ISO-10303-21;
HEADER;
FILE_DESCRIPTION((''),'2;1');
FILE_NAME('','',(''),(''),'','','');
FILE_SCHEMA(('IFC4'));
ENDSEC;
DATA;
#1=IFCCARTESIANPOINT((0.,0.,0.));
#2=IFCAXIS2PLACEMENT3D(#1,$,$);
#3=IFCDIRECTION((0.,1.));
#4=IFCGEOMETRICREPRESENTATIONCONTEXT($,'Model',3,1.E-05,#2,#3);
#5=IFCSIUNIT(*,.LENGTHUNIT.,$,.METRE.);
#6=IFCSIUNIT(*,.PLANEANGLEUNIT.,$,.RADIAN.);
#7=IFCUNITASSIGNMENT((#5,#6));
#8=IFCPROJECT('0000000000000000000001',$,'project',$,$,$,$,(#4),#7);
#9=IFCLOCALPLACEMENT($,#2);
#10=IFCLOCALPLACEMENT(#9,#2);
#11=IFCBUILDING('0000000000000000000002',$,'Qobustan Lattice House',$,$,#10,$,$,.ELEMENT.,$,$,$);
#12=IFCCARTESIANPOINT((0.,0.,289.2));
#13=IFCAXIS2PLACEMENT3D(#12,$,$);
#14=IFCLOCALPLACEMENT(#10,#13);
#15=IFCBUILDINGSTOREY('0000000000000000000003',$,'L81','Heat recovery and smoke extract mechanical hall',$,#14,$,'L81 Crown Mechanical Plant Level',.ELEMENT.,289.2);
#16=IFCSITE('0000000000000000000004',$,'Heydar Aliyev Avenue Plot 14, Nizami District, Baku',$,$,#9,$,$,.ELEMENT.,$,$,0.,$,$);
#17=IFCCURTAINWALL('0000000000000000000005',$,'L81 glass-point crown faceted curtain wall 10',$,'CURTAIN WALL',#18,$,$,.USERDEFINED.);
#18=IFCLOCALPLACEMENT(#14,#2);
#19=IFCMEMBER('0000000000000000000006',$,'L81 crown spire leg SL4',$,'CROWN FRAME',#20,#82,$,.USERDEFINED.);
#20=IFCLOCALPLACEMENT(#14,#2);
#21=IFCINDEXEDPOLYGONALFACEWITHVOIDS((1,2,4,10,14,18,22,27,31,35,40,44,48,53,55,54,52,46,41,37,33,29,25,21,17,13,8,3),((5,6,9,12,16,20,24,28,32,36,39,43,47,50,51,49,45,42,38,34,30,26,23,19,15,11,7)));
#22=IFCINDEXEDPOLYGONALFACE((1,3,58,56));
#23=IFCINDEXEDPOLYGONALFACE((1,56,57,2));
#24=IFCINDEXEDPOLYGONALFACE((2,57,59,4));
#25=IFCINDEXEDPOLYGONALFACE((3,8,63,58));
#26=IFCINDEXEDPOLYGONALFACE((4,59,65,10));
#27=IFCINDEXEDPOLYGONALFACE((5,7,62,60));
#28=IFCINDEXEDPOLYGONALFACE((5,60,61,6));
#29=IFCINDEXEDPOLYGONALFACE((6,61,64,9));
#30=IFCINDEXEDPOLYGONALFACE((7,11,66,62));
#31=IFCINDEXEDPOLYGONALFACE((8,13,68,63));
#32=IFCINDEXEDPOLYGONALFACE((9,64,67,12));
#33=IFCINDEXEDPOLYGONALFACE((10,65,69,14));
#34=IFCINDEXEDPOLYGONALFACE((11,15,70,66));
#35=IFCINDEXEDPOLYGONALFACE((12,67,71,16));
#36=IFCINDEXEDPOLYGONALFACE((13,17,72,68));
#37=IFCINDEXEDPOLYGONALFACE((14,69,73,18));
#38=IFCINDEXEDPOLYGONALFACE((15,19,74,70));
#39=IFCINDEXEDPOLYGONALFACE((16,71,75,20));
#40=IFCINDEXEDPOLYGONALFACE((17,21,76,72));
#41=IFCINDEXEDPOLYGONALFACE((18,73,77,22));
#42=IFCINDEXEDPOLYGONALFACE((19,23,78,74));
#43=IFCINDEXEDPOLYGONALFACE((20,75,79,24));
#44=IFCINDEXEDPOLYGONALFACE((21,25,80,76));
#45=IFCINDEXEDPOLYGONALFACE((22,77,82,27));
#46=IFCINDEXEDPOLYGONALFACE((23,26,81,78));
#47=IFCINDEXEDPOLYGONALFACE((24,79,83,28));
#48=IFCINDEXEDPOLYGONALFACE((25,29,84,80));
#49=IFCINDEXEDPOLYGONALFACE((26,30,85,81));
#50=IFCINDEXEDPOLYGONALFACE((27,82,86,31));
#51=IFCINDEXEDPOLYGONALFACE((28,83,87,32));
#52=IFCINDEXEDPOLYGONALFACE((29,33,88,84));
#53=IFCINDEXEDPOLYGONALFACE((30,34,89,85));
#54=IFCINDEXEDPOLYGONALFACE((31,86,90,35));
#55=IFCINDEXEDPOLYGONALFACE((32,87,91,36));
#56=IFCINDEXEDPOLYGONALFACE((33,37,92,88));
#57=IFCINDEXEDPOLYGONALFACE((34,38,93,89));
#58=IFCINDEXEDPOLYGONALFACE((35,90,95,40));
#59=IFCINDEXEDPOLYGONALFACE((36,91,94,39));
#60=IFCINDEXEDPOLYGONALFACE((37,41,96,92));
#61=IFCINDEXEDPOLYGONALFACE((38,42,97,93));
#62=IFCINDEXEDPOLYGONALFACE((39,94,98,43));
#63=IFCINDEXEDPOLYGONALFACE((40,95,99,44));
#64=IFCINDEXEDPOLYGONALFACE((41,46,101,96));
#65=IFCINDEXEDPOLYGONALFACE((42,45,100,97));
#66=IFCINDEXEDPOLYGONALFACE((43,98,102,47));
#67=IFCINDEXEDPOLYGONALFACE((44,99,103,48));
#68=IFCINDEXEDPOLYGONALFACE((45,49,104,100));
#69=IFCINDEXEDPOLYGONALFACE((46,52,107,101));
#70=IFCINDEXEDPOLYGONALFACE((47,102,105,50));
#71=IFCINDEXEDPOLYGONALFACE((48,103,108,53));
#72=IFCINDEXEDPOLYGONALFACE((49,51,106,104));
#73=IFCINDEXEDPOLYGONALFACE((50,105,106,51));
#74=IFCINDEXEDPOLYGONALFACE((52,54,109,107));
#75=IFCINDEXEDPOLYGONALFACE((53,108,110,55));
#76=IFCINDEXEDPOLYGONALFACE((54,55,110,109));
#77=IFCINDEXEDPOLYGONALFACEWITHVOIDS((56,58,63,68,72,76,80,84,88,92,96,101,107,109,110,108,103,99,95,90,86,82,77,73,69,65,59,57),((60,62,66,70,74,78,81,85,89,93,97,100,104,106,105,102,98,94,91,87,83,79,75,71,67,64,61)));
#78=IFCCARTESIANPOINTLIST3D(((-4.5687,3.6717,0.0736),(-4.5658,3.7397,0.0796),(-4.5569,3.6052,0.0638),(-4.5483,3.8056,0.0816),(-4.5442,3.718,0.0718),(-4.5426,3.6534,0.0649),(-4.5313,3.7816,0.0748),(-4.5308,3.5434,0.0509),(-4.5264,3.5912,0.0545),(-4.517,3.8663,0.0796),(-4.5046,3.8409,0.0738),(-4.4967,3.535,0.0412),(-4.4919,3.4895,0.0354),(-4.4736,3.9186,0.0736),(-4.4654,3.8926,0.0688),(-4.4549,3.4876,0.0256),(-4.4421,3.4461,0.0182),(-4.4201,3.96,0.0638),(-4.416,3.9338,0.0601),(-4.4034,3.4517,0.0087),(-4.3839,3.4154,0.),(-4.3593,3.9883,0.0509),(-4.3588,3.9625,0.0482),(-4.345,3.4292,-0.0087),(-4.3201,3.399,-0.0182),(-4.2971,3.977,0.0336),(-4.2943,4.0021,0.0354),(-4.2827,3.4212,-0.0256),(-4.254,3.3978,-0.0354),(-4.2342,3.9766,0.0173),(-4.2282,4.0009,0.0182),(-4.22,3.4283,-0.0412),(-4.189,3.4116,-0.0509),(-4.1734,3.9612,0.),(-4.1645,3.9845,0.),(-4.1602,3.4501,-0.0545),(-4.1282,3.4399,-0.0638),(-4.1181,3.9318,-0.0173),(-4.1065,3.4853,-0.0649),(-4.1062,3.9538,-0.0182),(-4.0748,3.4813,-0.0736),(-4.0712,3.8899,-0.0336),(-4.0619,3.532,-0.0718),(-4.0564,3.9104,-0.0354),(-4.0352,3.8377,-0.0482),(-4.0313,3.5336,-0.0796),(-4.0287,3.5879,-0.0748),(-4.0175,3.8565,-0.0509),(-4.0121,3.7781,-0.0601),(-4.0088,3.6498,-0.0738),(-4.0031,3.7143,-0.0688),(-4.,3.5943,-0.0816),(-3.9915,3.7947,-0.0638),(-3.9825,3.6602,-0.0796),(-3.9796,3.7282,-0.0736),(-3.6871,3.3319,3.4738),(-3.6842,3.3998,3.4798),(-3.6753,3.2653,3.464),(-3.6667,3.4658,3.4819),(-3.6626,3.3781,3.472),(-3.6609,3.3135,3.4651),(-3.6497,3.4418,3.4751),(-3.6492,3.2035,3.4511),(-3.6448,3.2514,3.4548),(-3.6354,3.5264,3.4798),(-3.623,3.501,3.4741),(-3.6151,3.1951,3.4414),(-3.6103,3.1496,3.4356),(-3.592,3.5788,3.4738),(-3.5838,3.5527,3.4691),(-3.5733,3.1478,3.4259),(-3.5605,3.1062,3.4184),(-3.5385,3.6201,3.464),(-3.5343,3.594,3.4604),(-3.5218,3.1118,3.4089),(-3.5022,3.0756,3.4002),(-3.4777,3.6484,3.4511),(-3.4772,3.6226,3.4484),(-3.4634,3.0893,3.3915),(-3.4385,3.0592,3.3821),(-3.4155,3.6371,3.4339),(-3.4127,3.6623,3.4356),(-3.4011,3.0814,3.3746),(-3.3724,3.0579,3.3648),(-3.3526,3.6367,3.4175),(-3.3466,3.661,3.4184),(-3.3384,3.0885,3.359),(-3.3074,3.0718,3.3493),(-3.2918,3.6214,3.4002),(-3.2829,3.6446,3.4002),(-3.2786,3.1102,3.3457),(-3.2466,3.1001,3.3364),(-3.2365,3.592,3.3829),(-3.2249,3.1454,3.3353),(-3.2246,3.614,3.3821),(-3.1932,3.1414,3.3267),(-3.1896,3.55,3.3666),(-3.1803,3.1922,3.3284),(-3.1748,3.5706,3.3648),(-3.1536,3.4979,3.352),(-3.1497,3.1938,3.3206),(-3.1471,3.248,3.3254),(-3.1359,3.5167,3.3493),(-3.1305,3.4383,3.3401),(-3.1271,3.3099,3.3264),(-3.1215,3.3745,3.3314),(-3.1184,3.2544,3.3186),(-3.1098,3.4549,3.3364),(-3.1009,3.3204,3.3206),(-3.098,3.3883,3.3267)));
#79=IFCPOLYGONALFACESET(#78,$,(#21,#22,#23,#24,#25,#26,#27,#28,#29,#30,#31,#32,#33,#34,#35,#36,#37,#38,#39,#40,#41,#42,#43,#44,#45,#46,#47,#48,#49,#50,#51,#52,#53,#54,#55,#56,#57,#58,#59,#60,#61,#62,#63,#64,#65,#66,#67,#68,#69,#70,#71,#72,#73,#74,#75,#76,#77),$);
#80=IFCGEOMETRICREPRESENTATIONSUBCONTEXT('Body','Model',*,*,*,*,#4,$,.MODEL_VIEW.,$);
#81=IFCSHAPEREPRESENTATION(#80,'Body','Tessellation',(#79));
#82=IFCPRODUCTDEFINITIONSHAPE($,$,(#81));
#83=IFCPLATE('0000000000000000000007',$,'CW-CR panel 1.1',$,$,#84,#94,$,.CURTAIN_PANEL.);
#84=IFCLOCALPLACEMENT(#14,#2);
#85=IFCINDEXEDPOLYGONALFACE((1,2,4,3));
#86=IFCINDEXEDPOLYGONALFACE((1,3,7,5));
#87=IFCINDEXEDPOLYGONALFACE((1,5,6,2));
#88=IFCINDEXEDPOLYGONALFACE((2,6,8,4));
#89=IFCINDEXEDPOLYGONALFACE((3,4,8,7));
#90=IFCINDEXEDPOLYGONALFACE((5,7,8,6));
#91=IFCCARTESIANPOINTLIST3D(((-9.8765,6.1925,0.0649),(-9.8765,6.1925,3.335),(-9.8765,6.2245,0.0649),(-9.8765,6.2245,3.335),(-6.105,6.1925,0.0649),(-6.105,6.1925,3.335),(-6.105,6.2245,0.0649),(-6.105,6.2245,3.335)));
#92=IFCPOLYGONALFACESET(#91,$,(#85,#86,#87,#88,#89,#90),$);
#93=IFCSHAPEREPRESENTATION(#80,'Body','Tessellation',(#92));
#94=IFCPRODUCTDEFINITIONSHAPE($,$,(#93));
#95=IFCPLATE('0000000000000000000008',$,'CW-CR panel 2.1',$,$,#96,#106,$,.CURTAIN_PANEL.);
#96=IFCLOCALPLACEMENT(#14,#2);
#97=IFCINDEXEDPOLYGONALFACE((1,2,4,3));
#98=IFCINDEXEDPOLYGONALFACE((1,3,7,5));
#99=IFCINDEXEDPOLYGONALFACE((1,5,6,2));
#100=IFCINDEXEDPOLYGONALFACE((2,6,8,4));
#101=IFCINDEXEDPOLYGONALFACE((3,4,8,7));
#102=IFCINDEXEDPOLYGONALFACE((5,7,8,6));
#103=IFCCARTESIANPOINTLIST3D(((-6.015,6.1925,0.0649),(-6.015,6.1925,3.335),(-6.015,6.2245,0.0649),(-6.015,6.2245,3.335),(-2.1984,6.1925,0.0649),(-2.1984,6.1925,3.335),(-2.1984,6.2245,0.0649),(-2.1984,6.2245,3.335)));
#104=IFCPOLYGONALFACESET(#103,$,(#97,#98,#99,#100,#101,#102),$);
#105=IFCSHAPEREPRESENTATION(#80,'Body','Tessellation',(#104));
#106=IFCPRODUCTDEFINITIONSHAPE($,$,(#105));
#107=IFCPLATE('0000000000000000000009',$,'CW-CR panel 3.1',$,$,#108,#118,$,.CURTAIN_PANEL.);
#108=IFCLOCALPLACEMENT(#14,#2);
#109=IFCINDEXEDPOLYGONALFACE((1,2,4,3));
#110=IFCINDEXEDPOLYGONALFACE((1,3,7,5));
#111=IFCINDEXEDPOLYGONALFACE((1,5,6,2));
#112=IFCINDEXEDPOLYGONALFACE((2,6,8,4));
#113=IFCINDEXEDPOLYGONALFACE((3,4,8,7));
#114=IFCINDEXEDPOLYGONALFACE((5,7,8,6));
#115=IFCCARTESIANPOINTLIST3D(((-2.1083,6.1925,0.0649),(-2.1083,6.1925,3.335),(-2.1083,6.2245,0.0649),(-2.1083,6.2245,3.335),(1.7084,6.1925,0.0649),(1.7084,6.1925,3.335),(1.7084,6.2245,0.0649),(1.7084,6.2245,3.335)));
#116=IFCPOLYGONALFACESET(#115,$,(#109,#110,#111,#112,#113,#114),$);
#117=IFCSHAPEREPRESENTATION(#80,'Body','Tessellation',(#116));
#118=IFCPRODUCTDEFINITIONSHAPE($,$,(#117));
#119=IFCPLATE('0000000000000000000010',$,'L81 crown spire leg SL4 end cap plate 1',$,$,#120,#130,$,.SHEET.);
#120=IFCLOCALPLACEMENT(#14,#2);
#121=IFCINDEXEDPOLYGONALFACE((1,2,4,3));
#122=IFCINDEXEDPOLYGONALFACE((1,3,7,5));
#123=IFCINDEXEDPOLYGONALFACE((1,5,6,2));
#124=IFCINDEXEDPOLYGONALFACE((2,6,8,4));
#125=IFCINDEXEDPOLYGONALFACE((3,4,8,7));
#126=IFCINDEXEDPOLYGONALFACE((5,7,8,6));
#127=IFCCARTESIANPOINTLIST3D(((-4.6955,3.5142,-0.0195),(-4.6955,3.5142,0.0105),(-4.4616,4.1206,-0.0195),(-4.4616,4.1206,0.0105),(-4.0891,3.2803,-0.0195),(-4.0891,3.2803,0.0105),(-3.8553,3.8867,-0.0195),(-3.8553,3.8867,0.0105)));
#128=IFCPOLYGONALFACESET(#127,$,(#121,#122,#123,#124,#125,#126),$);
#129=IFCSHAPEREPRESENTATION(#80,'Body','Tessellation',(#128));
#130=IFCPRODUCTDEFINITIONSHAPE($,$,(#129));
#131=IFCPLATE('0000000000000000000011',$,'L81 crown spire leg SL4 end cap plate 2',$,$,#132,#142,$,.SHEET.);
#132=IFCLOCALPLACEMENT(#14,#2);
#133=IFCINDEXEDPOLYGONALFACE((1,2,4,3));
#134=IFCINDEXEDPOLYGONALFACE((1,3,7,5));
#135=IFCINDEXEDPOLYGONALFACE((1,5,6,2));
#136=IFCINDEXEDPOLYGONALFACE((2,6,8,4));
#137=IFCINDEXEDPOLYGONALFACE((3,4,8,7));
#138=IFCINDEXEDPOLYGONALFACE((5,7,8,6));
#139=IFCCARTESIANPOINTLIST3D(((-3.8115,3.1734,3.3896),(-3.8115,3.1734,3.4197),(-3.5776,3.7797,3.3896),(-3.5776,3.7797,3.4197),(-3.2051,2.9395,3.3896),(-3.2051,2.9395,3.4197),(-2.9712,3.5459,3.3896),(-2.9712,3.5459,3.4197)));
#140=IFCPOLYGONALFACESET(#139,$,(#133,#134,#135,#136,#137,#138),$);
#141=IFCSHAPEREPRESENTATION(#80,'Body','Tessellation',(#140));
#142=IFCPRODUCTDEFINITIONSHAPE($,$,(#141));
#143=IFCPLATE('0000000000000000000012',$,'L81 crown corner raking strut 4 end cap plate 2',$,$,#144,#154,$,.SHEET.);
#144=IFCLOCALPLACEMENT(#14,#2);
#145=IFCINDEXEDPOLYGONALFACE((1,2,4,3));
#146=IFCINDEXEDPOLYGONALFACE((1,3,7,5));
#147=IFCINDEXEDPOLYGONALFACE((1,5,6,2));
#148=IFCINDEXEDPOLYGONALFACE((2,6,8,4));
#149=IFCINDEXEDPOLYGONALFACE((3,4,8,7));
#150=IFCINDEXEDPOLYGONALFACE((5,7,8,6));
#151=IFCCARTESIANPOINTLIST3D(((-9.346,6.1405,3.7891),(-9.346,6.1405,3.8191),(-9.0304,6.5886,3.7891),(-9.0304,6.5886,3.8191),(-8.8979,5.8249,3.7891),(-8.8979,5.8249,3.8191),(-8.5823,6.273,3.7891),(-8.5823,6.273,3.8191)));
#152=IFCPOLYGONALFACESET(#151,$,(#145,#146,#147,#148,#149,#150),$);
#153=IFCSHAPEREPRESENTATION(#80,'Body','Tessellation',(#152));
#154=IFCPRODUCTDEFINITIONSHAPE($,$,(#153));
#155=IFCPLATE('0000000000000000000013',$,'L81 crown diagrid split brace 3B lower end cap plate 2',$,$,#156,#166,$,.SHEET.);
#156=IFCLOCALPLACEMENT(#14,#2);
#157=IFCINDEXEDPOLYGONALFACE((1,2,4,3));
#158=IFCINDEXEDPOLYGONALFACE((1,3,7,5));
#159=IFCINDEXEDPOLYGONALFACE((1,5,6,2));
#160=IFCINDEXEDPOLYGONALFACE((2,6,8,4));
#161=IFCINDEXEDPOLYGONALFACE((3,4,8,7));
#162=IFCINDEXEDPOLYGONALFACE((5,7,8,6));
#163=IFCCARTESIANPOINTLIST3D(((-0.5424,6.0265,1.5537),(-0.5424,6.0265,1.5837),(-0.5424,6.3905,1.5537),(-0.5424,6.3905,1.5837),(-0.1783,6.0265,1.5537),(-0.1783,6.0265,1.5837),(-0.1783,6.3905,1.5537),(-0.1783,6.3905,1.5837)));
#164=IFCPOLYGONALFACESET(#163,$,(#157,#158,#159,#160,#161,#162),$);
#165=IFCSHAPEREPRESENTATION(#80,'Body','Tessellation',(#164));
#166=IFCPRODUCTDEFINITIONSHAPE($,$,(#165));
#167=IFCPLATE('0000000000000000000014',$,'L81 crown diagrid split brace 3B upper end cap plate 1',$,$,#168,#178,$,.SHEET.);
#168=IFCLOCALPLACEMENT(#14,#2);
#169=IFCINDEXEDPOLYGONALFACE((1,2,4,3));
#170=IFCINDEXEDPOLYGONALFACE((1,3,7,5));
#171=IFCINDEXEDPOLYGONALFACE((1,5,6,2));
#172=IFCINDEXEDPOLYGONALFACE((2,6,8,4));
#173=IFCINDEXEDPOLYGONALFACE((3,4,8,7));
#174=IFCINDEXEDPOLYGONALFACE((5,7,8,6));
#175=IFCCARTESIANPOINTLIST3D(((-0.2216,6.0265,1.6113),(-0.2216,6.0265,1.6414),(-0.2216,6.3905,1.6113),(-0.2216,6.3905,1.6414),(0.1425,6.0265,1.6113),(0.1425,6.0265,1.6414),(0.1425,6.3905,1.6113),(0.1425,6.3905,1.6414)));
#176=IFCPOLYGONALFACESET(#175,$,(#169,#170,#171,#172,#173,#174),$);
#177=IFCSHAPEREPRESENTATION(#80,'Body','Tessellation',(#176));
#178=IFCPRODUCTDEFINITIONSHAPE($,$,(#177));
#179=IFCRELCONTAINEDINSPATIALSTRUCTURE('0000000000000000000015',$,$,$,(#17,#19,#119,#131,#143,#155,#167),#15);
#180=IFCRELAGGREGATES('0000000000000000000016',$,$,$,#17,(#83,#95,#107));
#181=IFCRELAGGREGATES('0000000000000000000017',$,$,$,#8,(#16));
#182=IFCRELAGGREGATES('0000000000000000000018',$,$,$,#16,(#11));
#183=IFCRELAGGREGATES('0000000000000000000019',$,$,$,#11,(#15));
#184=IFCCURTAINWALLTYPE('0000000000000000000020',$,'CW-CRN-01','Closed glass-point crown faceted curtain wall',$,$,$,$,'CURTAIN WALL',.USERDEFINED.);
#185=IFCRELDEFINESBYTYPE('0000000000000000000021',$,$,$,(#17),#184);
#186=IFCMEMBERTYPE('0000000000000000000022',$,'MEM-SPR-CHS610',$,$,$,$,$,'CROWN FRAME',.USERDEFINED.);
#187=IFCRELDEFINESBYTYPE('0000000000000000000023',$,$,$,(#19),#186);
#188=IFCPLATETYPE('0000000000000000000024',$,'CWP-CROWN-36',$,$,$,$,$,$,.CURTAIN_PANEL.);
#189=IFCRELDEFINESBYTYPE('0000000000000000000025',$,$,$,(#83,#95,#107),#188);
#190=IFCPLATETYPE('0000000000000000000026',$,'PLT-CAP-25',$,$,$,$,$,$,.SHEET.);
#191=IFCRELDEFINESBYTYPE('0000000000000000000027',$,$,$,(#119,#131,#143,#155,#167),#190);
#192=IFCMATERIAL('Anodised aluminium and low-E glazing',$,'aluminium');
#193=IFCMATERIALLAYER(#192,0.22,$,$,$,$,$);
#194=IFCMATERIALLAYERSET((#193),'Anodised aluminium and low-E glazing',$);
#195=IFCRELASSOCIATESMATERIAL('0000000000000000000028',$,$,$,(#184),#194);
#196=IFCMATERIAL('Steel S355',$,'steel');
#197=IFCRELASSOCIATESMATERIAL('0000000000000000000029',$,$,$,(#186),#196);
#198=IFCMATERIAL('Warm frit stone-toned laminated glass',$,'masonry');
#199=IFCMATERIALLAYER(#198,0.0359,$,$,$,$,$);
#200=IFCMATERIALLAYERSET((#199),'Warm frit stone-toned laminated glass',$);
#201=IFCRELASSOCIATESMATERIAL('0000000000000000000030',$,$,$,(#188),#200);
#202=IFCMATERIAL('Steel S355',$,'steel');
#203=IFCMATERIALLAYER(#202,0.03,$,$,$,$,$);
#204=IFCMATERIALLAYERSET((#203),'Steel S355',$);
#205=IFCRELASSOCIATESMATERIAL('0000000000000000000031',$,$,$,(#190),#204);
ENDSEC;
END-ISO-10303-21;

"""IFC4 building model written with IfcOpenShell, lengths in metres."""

from ifc_helpers import new_model, si_unit, direction, frame, origin, origin_2d, place, context, subcontext, project, spatial, rectangle, hollow_circle, extrude, material, layer, layer_set, material_profile, profile_set, type_object, element, aggregate, save


model = new_model("IFC4")

# Units and contexts
model_context = context("Model", 3, precision=1e-05, world=origin(), true_north=direction((0.0, 1.0)))
body_context = subcontext(model_context, "Body", "Model", "MODEL_VIEW")
ifc_project = project(units=[si_unit("LENGTHUNIT", "METRE"), si_unit("PLANEANGLEUNIT", "RADIAN")], contexts=[model_context])

# Site, building, storey
site_placement = place(None, origin())
site = spatial("IfcSite", under=ifc_project, at=site_placement, Name="Heydar Aliyev Avenue Plot 14, Nizami District, Baku", CompositionType="ELEMENT", RefElevation=0.0)
building_placement = place(site_placement, origin())
building = spatial("IfcBuilding", under=site, at=building_placement, Name="Qobustan Lattice House", CompositionType="ELEMENT")
storey_placement = place(building_placement, frame((0.0, 0.0, 289.2)))
storey = spatial("IfcBuildingStorey", under=building, at=storey_placement, Name="L81", Description="Heat recovery and smoke extract mechanical hall", LongName="L81 Crown Mechanical Plant Level", CompositionType="ELEMENT", Elevation=289.2)

# Curtain wall
ifc_material_1 = material(Name="Anodised aluminium and low-E glazing", Category="aluminium")
ifc_layer_1 = layer(ifc_material_1, 0.22)
ifc_layer_set_1 = layer_set([ifc_layer_1], Name="Anodised aluminium and low-E glazing")
curtain_wall_type = type_object("IfcCurtainWallType", Name="CW-CRN-01", Description="Closed glass-point crown faceted curtain wall", ElementType="CURTAIN WALL", PredefinedType="USERDEFINED", material=ifc_layer_set_1)
curtain_wall_placement = place(storey_placement, origin())
curtain_wall = element("IfcCurtainWall", 1, at=curtain_wall_placement, inside=storey, type_object=curtain_wall_type, Name="L81 glass-point crown faceted curtain wall 10", ObjectType="CURTAIN WALL", PredefinedType="USERDEFINED")

# Member
ifc_material_2 = material(Name="Steel S355", Category="steel")
ifc_material_profile_1 = material_profile(ifc_material_2, hollow_circle(Radius=0.3049, WallThickness=0.0249, at=origin_2d()), Name="CHS610x25")
ifc_profile_set_1 = profile_set([ifc_material_profile_1], Name="Steel S355")
member_type_1 = type_object("IfcMemberType", Name="MEM-SPR-CHS610", ElementType="CROWN FRAME", PredefinedType="USERDEFINED", material=ifc_profile_set_1)
member_1_placement = place(storey_placement, frame((-4.2742, 3.7, 0.0), z_axis=(0.249815, -0.096301, 0.963493), x_axis=(0.359689, 0.933072, 0.0)))
element("IfcMember", 2, at=member_1_placement, inside=storey, type_object=member_type_1, Name="L81 crown spire leg SL4", ObjectType="CROWN FRAME", PredefinedType="USERDEFINED", context=body_context, shape_type="SweptSolid", body=[
    extrude(hollow_circle(Radius=0.3049, WallThickness=0.0249, at=origin_2d()), origin(), (0.0, 0.0, 1.0), 3.5291),
])

# Plates
ifc_material_3 = material(Name="Warm frit stone-toned laminated glass", Category="masonry")
ifc_layer_2 = layer(ifc_material_3, 0.0359)
ifc_layer_set_2 = layer_set([ifc_layer_2], Name="Warm frit stone-toned laminated glass")
plate_type_1 = type_object("IfcPlateType", Name="CWP-CROWN-36", PredefinedType="CURTAIN_PANEL", material=ifc_layer_set_2)
plate_1_placement = place(storey_placement, frame((-7.9907, 6.2085, 0.0649), z_axis=(0.0, 0.0, 1.0), x_axis=(1.0, 0.0, 0.0)))
plate_1 = element("IfcPlate", 3, at=plate_1_placement, type_object=plate_type_1, Name="CW-CR panel 1.1", PredefinedType="CURTAIN_PANEL", context=body_context, shape_type="SweptSolid", body=[
    extrude(rectangle(XDim=3.7715, YDim=0.032, at=origin_2d()), origin(), (0.0, 0.0, 1.0), 3.27),
])
plate_2_placement = place(storey_placement, frame((-4.1067, 6.2085, 0.0649), z_axis=(0.0, 0.0, 1.0), x_axis=(1.0, 0.0, 0.0)))
plate_2 = element("IfcPlate", 4, at=plate_2_placement, type_object=plate_type_1, Name="CW-CR panel 2.1", PredefinedType="CURTAIN_PANEL", context=body_context, shape_type="SweptSolid", body=[
    extrude(rectangle(XDim=3.8167, YDim=0.032, at=origin_2d()), origin(), (0.0, 0.0, 1.0), 3.27),
])
plate_3_placement = place(storey_placement, frame((-0.2, 6.2085, 0.0649), z_axis=(0.0, 0.0, 1.0), x_axis=(1.0, 0.0, 0.0)))
plate_3 = element("IfcPlate", 5, at=plate_3_placement, type_object=plate_type_1, Name="CW-CR panel 3.1", PredefinedType="CURTAIN_PANEL", context=body_context, shape_type="SweptSolid", body=[
    extrude(rectangle(XDim=3.8167, YDim=0.032, at=origin_2d()), origin(), (0.0, 0.0, 1.0), 3.27),
])
aggregate(curtain_wall, [plate_1, plate_2, plate_3])

# Plates
ifc_material_4 = material(Name="Steel S355", Category="steel")
ifc_layer_3 = layer(ifc_material_4, 0.03)
ifc_layer_set_3 = layer_set([ifc_layer_3], Name="Steel S355")
plate_type_2 = type_object("IfcPlateType", Name="PLT-CAP-25", PredefinedType="SHEET", material=ifc_layer_set_3)
for number, where, z_axis, x_axis, name in (
    (6, (-4.2754, 3.7004, -0.0195), (0.0, 0.0, 1.0), (0.933004, -0.359867, 0.0), "L81 crown spire leg SL4 end cap plate 1"),
    (7, (-3.3914, 3.3596, 3.3896), (0.0, 0.0, 1.0), (0.933004, -0.359867, 0.0), "L81 crown spire leg SL4 end cap plate 2"),
):
    element("IfcPlate", number, at=place(storey_placement, frame(where, z_axis=z_axis, x_axis=x_axis)), inside=storey, type_object=plate_type_2, Name=name, PredefinedType="SHEET", context=body_context, shape_type="SweptSolid", body=[
        extrude(rectangle(XDim=0.6499, YDim=0.6499, at=origin_2d()), origin(), (0.0, 0.0, 1.0), 0.03),
    ])
plate_4_placement = place(storey_placement, frame((-8.9641, 6.2068, 3.7891), z_axis=(0.0, 0.0, 1.0), x_axis=(0.817587, -0.575805, 0.0)))
element("IfcPlate", 8, at=plate_4_placement, inside=storey, type_object=plate_type_2, Name="L81 crown corner raking strut 4 end cap plate 2", PredefinedType="SHEET", context=body_context, shape_type="SweptSolid", body=[
    extrude(rectangle(XDim=0.5481, YDim=0.5481, at=origin_2d()), origin(), (0.0, 0.0, 1.0), 0.03),
])
for number, where, z_axis, x_axis, name in (
    (9, (-0.3604, 6.2085, 1.5537), (0.0, 0.0, 1.0), (1.0, 0.0, 0.0), "L81 crown diagrid split brace 3B lower end cap plate 2"),
    (10, (-0.0396, 6.2085, 1.6113), (0.0, 0.0, 1.0), (1.0, 0.0, 0.0), "L81 crown diagrid split brace 3B upper end cap plate 1"),
):
    element("IfcPlate", number, at=place(storey_placement, frame(where, z_axis=z_axis, x_axis=x_axis)), inside=storey, type_object=plate_type_2, Name=name, PredefinedType="SHEET", context=body_context, shape_type="SweptSolid", body=[
        extrude(rectangle(XDim=0.364, YDim=0.364, at=origin_2d()), origin(), (0.0, 0.0, 1.0), 0.03),
    ])

save(model, "model.ifc")
